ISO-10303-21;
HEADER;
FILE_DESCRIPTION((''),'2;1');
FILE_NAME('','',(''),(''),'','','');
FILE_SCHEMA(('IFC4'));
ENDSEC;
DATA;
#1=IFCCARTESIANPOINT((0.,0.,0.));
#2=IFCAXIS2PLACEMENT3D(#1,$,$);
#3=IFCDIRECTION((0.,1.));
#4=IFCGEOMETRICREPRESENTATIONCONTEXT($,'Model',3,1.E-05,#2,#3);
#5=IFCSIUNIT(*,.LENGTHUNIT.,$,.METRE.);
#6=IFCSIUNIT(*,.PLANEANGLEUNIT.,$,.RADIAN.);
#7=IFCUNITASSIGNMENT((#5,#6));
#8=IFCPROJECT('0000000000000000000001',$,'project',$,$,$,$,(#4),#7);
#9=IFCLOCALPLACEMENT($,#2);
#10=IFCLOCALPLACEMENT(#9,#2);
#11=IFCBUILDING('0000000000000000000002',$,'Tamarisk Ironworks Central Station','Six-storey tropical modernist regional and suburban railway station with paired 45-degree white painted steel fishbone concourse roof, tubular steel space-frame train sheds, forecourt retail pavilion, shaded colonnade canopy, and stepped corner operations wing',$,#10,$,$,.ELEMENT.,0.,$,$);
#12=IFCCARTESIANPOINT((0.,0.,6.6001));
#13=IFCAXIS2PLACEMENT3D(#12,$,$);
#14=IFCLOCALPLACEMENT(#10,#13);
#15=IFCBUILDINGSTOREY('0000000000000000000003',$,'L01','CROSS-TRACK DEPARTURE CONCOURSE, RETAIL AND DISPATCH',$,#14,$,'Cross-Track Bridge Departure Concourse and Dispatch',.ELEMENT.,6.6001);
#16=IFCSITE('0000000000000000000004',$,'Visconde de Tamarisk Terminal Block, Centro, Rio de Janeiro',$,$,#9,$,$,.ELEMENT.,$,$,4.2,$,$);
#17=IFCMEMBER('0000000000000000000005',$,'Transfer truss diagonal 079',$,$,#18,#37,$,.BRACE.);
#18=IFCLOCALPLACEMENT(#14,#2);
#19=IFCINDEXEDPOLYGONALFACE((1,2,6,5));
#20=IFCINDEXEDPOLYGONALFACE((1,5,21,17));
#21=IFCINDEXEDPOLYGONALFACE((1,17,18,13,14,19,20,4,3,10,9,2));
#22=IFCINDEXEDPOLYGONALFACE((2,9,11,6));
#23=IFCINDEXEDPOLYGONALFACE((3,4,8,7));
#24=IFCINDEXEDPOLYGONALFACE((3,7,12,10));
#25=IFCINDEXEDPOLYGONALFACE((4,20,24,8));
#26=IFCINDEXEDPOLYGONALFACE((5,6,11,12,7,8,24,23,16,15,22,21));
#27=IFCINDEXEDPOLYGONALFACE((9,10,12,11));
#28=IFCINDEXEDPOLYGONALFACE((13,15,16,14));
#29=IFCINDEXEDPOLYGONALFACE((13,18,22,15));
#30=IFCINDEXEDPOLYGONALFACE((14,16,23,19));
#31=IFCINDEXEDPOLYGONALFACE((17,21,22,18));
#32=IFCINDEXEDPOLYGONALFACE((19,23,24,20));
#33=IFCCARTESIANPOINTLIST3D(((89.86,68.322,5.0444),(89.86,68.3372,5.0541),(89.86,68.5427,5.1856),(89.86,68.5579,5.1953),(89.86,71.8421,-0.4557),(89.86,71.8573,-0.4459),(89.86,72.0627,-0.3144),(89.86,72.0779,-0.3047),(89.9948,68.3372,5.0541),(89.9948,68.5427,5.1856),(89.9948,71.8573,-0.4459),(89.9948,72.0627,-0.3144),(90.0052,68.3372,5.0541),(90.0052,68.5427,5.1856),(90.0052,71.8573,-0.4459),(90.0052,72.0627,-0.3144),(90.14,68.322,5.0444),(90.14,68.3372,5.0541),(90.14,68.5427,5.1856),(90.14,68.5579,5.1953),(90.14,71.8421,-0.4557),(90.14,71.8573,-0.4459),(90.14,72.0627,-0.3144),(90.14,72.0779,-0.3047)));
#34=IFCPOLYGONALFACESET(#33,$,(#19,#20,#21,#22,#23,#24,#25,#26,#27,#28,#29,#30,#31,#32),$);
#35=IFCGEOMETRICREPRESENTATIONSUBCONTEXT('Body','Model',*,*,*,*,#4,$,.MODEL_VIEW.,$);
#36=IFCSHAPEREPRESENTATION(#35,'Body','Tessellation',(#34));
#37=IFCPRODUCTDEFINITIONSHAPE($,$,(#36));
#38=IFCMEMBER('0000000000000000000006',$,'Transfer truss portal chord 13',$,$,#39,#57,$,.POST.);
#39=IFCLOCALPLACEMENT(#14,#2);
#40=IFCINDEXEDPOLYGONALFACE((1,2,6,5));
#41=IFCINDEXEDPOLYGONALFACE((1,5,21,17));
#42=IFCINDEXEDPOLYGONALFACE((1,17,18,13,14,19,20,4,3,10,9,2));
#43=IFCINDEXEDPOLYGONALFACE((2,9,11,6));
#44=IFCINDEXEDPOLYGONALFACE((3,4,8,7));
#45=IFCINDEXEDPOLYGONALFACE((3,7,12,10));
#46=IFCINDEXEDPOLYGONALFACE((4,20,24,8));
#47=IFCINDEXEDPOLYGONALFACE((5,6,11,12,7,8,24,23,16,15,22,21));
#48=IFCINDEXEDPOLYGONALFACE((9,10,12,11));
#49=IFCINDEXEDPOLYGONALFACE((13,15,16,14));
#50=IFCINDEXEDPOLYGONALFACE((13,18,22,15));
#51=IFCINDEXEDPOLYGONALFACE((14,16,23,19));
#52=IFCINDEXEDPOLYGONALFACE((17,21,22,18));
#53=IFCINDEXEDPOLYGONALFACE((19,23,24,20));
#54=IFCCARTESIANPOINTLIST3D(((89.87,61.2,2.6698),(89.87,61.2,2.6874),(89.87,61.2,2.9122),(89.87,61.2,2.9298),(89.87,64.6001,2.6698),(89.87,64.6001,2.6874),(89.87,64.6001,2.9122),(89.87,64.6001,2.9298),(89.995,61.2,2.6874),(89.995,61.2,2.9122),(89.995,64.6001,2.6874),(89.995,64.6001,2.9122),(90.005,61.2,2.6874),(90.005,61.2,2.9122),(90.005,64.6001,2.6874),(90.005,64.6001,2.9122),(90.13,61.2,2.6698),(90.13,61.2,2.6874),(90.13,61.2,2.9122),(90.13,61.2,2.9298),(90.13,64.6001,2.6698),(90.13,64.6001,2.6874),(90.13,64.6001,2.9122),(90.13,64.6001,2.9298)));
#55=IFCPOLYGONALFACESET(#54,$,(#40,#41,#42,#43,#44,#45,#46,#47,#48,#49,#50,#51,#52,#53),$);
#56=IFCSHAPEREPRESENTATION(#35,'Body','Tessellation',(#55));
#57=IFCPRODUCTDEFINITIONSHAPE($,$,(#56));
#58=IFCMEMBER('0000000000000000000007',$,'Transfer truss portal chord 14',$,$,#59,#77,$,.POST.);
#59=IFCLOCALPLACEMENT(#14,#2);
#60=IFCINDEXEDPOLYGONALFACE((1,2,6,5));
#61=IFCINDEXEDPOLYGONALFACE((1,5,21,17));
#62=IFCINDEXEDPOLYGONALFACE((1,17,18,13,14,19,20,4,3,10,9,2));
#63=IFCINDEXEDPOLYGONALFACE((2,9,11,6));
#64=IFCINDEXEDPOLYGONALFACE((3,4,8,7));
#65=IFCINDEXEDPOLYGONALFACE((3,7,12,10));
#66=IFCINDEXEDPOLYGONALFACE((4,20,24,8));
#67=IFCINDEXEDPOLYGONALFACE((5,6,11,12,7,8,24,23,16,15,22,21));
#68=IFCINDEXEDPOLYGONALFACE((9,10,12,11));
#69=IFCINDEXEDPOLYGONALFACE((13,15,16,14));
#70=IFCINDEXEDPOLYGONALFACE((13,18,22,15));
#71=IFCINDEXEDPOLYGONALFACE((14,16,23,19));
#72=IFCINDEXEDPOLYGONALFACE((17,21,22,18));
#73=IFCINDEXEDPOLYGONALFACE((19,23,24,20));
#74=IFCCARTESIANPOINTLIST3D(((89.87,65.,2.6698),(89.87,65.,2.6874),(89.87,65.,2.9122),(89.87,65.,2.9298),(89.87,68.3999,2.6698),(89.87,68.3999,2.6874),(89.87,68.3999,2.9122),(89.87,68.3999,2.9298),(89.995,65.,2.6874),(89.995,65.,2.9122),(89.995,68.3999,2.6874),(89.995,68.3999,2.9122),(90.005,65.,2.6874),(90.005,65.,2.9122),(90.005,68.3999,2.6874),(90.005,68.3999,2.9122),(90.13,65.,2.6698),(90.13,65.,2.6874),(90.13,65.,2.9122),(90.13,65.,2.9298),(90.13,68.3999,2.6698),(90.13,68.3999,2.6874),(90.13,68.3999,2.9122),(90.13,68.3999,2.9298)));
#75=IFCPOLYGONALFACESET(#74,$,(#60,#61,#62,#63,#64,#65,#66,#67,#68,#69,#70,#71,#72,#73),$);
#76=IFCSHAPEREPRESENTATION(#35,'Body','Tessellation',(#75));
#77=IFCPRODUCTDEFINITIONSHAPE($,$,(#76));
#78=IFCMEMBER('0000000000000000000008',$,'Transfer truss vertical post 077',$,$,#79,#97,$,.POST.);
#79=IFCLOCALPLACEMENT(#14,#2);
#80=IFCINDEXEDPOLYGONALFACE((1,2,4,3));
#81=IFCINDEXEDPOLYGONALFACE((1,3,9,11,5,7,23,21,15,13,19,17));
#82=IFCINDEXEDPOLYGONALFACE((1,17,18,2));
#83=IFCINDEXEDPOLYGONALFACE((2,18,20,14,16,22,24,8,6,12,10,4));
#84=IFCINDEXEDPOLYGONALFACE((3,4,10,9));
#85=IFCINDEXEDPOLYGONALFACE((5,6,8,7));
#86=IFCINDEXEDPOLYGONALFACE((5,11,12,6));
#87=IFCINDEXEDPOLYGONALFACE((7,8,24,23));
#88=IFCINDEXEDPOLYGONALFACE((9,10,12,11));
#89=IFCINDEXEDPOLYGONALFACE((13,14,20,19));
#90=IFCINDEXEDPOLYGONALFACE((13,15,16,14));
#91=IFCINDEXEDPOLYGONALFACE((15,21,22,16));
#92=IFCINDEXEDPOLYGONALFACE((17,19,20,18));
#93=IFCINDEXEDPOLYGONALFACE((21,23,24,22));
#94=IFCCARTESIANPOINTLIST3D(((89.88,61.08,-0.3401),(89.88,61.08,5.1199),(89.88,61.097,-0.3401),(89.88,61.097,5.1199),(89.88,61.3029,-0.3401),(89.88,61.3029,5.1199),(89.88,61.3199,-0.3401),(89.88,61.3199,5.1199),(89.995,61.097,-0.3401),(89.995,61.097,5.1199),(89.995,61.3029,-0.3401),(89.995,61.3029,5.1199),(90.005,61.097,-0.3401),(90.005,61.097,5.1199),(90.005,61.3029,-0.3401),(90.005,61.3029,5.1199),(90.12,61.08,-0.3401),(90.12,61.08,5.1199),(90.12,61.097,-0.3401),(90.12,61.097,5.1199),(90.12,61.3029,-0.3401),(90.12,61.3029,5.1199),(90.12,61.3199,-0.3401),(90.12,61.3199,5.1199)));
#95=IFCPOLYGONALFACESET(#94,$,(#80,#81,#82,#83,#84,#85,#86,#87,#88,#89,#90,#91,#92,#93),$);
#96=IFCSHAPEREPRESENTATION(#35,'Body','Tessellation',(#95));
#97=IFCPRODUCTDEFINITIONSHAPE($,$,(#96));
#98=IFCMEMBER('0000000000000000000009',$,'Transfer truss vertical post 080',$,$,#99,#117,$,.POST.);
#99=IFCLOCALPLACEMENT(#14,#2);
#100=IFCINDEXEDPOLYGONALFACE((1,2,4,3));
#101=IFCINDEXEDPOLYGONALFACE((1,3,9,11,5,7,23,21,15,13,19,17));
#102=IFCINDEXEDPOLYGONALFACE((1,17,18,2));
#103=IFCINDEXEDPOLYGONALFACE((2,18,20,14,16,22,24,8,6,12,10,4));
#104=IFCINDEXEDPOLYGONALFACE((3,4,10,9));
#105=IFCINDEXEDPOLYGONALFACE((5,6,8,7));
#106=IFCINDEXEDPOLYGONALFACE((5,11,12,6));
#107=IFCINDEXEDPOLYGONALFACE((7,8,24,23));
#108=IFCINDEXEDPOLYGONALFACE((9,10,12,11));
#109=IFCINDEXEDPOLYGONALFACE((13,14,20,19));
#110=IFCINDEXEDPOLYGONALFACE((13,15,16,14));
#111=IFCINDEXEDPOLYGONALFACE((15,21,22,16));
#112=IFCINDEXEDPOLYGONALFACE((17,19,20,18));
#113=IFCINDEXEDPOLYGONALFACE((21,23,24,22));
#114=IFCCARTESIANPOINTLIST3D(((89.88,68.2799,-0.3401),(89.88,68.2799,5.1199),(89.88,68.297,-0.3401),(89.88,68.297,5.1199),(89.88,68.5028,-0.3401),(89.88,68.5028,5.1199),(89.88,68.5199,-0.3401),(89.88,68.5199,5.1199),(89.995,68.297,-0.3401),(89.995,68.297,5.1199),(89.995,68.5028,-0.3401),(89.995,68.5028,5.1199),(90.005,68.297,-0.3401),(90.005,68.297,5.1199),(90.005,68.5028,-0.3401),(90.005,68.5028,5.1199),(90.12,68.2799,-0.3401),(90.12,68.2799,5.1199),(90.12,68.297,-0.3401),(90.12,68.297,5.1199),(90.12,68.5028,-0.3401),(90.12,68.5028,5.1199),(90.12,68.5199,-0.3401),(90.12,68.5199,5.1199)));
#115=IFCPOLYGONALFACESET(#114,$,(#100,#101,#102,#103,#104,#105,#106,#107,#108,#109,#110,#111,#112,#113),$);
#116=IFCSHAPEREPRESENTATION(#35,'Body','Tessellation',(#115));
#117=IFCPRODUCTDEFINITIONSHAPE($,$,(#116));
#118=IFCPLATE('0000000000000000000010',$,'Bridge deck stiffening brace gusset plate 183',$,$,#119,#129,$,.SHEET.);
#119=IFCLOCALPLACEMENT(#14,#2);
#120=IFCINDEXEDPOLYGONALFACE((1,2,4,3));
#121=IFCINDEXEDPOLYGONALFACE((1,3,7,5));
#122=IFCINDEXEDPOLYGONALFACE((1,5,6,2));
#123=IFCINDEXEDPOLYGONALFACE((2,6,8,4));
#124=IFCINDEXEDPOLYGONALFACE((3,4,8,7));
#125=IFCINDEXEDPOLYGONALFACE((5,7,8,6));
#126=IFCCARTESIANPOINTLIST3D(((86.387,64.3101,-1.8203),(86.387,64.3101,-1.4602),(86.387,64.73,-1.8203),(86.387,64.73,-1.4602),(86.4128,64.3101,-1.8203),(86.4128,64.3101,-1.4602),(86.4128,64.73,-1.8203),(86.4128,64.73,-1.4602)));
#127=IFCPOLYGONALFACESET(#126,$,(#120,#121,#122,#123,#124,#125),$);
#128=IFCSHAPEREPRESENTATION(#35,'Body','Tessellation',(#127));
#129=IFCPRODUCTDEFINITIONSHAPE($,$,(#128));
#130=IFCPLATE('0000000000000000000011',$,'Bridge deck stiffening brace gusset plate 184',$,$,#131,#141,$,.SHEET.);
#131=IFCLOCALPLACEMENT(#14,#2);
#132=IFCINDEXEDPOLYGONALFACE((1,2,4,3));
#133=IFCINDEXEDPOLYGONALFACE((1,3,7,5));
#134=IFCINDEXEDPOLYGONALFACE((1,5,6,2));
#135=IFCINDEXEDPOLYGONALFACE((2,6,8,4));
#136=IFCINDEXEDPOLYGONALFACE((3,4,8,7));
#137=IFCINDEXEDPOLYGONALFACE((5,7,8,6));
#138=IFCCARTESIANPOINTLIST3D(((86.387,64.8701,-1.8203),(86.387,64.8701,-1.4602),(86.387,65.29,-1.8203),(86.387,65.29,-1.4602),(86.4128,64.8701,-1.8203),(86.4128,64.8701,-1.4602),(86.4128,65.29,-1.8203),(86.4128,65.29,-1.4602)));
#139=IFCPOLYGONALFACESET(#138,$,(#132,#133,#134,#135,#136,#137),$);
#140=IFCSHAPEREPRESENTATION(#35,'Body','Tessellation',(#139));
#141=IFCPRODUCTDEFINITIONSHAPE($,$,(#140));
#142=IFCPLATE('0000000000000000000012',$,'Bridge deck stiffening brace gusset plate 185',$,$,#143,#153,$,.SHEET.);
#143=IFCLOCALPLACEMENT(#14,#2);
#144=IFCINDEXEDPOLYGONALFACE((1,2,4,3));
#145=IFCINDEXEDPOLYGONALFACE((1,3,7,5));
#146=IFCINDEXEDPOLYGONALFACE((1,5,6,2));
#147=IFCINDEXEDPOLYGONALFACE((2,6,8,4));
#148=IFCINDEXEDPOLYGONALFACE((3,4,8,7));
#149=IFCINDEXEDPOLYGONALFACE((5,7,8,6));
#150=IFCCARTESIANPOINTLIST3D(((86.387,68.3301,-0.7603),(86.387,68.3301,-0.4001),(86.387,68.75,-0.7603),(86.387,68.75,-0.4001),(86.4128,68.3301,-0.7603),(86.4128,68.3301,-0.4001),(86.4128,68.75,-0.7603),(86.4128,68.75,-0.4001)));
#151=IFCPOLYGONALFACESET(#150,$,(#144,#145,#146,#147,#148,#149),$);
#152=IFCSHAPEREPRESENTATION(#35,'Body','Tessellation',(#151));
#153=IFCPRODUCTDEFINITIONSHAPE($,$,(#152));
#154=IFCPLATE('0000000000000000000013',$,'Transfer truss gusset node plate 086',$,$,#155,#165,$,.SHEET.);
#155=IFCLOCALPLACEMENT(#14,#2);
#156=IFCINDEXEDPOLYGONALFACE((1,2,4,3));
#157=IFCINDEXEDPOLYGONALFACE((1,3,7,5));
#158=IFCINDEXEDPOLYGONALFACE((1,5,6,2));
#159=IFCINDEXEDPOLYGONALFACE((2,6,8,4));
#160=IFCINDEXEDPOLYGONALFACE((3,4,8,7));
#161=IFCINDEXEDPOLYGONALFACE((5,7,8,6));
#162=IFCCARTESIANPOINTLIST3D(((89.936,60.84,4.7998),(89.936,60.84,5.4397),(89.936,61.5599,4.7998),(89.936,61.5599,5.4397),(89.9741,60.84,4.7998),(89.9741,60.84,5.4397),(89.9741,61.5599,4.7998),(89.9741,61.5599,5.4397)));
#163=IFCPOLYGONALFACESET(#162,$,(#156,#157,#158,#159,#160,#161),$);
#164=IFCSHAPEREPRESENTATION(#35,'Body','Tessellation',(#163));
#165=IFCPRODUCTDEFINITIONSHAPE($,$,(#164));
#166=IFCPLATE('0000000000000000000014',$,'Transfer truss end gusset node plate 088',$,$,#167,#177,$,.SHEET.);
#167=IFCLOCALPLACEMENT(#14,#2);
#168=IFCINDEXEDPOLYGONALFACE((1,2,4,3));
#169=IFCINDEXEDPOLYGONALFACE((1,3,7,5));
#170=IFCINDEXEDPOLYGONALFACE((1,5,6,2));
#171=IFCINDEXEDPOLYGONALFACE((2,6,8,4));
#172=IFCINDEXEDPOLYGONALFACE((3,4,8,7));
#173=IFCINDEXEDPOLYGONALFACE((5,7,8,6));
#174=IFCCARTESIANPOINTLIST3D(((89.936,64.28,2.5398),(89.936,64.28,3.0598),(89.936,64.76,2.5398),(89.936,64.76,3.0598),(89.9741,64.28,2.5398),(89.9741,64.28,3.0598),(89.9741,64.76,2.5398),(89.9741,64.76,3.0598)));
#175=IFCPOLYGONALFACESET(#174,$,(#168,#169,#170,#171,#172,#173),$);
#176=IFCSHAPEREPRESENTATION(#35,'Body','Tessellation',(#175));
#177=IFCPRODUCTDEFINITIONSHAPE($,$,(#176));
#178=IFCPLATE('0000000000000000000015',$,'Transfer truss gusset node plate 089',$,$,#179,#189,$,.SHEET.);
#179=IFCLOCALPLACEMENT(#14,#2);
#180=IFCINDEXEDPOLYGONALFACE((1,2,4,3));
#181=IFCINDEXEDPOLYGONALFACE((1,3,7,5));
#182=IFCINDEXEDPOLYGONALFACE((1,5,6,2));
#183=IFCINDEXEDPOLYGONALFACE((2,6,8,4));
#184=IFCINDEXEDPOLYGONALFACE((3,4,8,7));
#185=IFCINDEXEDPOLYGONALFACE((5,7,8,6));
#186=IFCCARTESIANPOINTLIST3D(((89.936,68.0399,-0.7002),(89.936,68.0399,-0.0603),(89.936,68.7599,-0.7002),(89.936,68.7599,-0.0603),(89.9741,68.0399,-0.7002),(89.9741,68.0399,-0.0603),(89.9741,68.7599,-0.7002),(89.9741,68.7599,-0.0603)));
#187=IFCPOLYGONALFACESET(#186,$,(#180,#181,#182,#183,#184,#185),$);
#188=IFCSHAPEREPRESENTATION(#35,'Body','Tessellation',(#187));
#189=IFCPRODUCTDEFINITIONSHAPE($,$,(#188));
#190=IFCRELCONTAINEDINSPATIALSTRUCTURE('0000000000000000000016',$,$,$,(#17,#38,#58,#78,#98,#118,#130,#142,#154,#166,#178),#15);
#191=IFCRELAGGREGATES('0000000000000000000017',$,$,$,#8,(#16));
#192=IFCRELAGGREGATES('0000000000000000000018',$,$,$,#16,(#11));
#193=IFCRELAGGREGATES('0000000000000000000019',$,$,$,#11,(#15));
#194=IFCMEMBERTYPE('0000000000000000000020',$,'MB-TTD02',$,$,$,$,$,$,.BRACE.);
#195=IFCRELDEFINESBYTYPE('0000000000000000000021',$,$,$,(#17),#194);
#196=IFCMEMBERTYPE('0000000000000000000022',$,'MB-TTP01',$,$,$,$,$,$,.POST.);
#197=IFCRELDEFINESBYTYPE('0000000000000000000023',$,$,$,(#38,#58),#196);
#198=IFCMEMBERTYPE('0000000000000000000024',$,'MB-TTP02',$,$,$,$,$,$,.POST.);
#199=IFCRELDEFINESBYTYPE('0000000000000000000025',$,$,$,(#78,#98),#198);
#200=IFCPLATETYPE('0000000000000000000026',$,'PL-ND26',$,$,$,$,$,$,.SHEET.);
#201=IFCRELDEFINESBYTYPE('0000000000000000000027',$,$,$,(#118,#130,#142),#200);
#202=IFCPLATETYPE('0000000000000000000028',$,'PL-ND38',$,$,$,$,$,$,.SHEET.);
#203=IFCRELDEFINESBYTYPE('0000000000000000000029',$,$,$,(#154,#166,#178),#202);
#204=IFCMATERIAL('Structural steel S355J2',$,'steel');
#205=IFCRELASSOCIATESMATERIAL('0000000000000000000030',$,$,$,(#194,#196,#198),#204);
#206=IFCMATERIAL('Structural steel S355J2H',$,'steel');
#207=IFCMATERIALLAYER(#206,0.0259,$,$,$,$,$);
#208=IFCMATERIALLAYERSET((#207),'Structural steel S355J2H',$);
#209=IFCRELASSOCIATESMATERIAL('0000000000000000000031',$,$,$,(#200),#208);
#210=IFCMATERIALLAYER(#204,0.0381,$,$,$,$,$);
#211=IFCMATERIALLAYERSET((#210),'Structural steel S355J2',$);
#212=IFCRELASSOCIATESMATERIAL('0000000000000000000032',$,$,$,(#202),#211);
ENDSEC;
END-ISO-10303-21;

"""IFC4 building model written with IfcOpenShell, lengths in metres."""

from ifc_helpers import new_model, si_unit, direction, frame, origin, origin_2d, place, context, subcontext, project, spatial, rectangle, i_section, extrude, material, layer, layer_set, material_profile, profile_set, type_object, element, save


model = new_model("IFC4")

# Units and contexts
model_context = context("Model", 3, precision=1e-05, world=origin(), true_north=direction((0.0, 1.0)))
body_context = subcontext(model_context, "Body", "Model", "MODEL_VIEW")
ifc_project = project(units=[si_unit("LENGTHUNIT", "METRE"), si_unit("PLANEANGLEUNIT", "RADIAN")], contexts=[model_context])

# Site, building, storey
site_placement = place(None, origin())
site = spatial("IfcSite", under=ifc_project, at=site_placement, Name="Visconde de Tamarisk Terminal Block, Centro, Rio de Janeiro", CompositionType="ELEMENT", RefElevation=4.2)
building_placement = place(site_placement, origin())
building = spatial("IfcBuilding", under=site, at=building_placement, Name="Tamarisk Ironworks Central Station", Description="Six-storey tropical modernist regional and suburban railway station with paired 45-degree white painted steel fishbone concourse roof, tubular steel space-frame train sheds, forecourt retail pavilion, shaded colonnade canopy, and stepped corner operations wing", CompositionType="ELEMENT", ElevationOfRefHeight=0.0)
storey_placement = place(building_placement, frame((0.0, 0.0, 6.6001)))
storey = spatial("IfcBuildingStorey", under=building, at=storey_placement, Name="L01", Description="CROSS-TRACK DEPARTURE CONCOURSE, RETAIL AND DISPATCH", LongName="Cross-Track Bridge Departure Concourse and Dispatch", CompositionType="ELEMENT", Elevation=6.6001)

# Shared definitions
ifc_material_1 = material(Name="Structural steel S355J2", Category="steel")

# Members
ifc_material_2 = material(Name="Structural steel S355J2H", Category="steel")
ifc_material_profile_1 = material_profile(ifc_material_1, i_section(OverallWidth=0.28, OverallDepth=0.28, WebThickness=0.0105, FlangeThickness=0.0181, at=origin_2d()), Name="HEB 280")
ifc_profile_set_1 = profile_set([ifc_material_profile_1], Name="Structural steel S355J2")
member_type_1 = type_object("IfcMemberType", Name="MB-TTD02", PredefinedType="BRACE", material=ifc_profile_set_1)
member_1_placement = place(storey_placement, frame((90.0, 68.4399, 5.1199), z_axis=(0.0, 0.539056, -0.84227), x_axis=(-1.0, 0.0, 0.0)))
element("IfcMember", 1, at=member_1_placement, inside=storey, type_object=member_type_1, Name="Transfer truss diagonal 079", PredefinedType="BRACE", context=body_context, shape_type="SweptSolid", body=[
    extrude(i_section(OverallWidth=0.28, OverallDepth=0.28, WebThickness=0.0105, FlangeThickness=0.0181, at=origin_2d()), origin(), (0.0, 0.0, 1.0), 6.53),
])
ifc_material_profile_2 = material_profile(ifc_material_1, i_section(OverallWidth=0.26, OverallDepth=0.26, WebThickness=0.01, FlangeThickness=0.0176, at=origin_2d()), Name="HEB 260")
ifc_profile_set_2 = profile_set([ifc_material_profile_2], Name="Structural steel S355J2")
member_type_2 = type_object("IfcMemberType", Name="MB-TTP01", PredefinedType="POST", material=ifc_profile_set_2)
member_2_placement = place(storey_placement, frame((90.0, 61.2, 2.7998), z_axis=(0.0, 1.0, 0.0), x_axis=(-1.0, 0.0, 0.0)))
element("IfcMember", 2, at=member_2_placement, inside=storey, type_object=member_type_2, Name="Transfer truss portal chord 13", PredefinedType="POST", context=body_context, shape_type="SweptSolid", body=[
    extrude(i_section(OverallWidth=0.26, OverallDepth=0.26, WebThickness=0.01, FlangeThickness=0.0176, at=origin_2d()), origin(), (0.0, 0.0, 1.0), 3.4001),
])
member_3_placement = place(storey_placement, frame((90.0, 65.0, 2.7998), z_axis=(0.0, 1.0, 0.0), x_axis=(-1.0, 0.0, 0.0)))
element("IfcMember", 3, at=member_3_placement, inside=storey, type_object=member_type_2, Name="Transfer truss portal chord 14", PredefinedType="POST", context=body_context, shape_type="SweptSolid", body=[
    extrude(i_section(OverallWidth=0.26, OverallDepth=0.26, WebThickness=0.01, FlangeThickness=0.0176, at=origin_2d()), origin(), (0.0, 0.0, 1.0), 3.3999),
])
ifc_material_profile_3 = material_profile(ifc_material_1, i_section(OverallWidth=0.24, OverallDepth=0.24, WebThickness=0.01, FlangeThickness=0.0171, at=origin_2d()), Name="HEB 240")
ifc_profile_set_3 = profile_set([ifc_material_profile_3], Name="Structural steel S355J2")
member_type_3 = type_object("IfcMemberType", Name="MB-TTP02", PredefinedType="POST", material=ifc_profile_set_3)
for number, where, z_axis, x_axis, name in (
    (4, (90.0, 61.2, -0.3401), (0.0, 0.0, 1.0), (1.0, 0.0, 0.0), "Transfer truss vertical post 077"),
    (5, (90.0, 68.3999, -0.3401), (0.0, 0.0, 1.0), (1.0, 0.0, 0.0), "Transfer truss vertical post 080"),
):
    element("IfcMember", number, at=place(storey_placement, frame(where, z_axis=z_axis, x_axis=x_axis)), inside=storey, type_object=member_type_3, Name=name, PredefinedType="POST", context=body_context, shape_type="SweptSolid", body=[
        extrude(i_section(OverallWidth=0.24, OverallDepth=0.24, WebThickness=0.01, FlangeThickness=0.0171, at=origin_2d()), origin(), (0.0, 0.0, 1.0), 5.46),
    ])

# Plates
ifc_layer_1 = layer(ifc_material_2, 0.0259)
ifc_layer_set_1 = layer_set([ifc_layer_1], Name="Structural steel S355J2H")
plate_type_1 = type_object("IfcPlateType", Name="PL-ND26", PredefinedType="SHEET", material=ifc_layer_set_1)
for number, where, z_axis, x_axis, name in (
    (6, (86.3999, 64.52, -1.8203), (0.0, 0.0, 1.0), (1.0, 0.0, 0.0), "Bridge deck stiffening brace gusset plate 183"),
    (7, (86.3999, 65.0801, -1.8203), (0.0, 0.0, 1.0), (1.0, 0.0, 0.0), "Bridge deck stiffening brace gusset plate 184"),
    (8, (86.3999, 68.54, -0.7603), (0.0, 0.0, 1.0), (1.0, 0.0, 0.0), "Bridge deck stiffening brace gusset plate 185"),
):
    element("IfcPlate", number, at=place(storey_placement, frame(where, z_axis=z_axis, x_axis=x_axis)), inside=storey, type_object=plate_type_1, Name=name, PredefinedType="SHEET", context=body_context, shape_type="SweptSolid", body=[
        extrude(rectangle(XDim=0.0259, YDim=0.4199, at=origin_2d()), origin(), (0.0, 0.0, 1.0), 0.3601),
    ])
ifc_layer_2 = layer(ifc_material_1, 0.0381)
ifc_layer_set_2 = layer_set([ifc_layer_2], Name="Structural steel S355J2")
plate_type_2 = type_object("IfcPlateType", Name="PL-ND38", PredefinedType="SHEET", material=ifc_layer_set_2)
plate_1_placement = place(storey_placement, frame((89.9551, 61.2, 4.7998), z_axis=(0.0, 0.0, 1.0), x_axis=(1.0, 0.0, 0.0)))
element("IfcPlate", 9, at=plate_1_placement, inside=storey, type_object=plate_type_2, Name="Transfer truss gusset node plate 086", PredefinedType="SHEET", context=body_context, shape_type="SweptSolid", body=[
    extrude(rectangle(XDim=0.0381, YDim=0.72, at=origin_2d()), origin(), (0.0, 0.0, 1.0), 0.6399),
])
plate_2_placement = place(storey_placement, frame((89.9551, 64.52, 2.5398), z_axis=(0.0, 0.0, 1.0), x_axis=(1.0, 0.0, 0.0)))
element("IfcPlate", 10, at=plate_2_placement, inside=storey, type_object=plate_type_2, Name="Transfer truss end gusset node plate 088", PredefinedType="SHEET", context=body_context, shape_type="SweptSolid", body=[
    extrude(rectangle(XDim=0.0381, YDim=0.48, at=origin_2d()), origin(), (0.0, 0.0, 1.0), 0.52),
])
for number, where, z_axis, x_axis, name in (
    (11, (89.9551, 68.3999, -0.7002), (0.0, 0.0, 1.0), (1.0, 0.0, 0.0), "Transfer truss gusset node plate 089"),
):
    element("IfcPlate", number, at=place(storey_placement, frame(where, z_axis=z_axis, x_axis=x_axis)), inside=storey, type_object=plate_type_2, Name=name, PredefinedType="SHEET", context=body_context, shape_type="SweptSolid", body=[
        extrude(rectangle(XDim=0.0381, YDim=0.72, at=origin_2d()), origin(), (0.0, 0.0, 1.0), 0.6399),
    ])

save(model, "model.ifc")
